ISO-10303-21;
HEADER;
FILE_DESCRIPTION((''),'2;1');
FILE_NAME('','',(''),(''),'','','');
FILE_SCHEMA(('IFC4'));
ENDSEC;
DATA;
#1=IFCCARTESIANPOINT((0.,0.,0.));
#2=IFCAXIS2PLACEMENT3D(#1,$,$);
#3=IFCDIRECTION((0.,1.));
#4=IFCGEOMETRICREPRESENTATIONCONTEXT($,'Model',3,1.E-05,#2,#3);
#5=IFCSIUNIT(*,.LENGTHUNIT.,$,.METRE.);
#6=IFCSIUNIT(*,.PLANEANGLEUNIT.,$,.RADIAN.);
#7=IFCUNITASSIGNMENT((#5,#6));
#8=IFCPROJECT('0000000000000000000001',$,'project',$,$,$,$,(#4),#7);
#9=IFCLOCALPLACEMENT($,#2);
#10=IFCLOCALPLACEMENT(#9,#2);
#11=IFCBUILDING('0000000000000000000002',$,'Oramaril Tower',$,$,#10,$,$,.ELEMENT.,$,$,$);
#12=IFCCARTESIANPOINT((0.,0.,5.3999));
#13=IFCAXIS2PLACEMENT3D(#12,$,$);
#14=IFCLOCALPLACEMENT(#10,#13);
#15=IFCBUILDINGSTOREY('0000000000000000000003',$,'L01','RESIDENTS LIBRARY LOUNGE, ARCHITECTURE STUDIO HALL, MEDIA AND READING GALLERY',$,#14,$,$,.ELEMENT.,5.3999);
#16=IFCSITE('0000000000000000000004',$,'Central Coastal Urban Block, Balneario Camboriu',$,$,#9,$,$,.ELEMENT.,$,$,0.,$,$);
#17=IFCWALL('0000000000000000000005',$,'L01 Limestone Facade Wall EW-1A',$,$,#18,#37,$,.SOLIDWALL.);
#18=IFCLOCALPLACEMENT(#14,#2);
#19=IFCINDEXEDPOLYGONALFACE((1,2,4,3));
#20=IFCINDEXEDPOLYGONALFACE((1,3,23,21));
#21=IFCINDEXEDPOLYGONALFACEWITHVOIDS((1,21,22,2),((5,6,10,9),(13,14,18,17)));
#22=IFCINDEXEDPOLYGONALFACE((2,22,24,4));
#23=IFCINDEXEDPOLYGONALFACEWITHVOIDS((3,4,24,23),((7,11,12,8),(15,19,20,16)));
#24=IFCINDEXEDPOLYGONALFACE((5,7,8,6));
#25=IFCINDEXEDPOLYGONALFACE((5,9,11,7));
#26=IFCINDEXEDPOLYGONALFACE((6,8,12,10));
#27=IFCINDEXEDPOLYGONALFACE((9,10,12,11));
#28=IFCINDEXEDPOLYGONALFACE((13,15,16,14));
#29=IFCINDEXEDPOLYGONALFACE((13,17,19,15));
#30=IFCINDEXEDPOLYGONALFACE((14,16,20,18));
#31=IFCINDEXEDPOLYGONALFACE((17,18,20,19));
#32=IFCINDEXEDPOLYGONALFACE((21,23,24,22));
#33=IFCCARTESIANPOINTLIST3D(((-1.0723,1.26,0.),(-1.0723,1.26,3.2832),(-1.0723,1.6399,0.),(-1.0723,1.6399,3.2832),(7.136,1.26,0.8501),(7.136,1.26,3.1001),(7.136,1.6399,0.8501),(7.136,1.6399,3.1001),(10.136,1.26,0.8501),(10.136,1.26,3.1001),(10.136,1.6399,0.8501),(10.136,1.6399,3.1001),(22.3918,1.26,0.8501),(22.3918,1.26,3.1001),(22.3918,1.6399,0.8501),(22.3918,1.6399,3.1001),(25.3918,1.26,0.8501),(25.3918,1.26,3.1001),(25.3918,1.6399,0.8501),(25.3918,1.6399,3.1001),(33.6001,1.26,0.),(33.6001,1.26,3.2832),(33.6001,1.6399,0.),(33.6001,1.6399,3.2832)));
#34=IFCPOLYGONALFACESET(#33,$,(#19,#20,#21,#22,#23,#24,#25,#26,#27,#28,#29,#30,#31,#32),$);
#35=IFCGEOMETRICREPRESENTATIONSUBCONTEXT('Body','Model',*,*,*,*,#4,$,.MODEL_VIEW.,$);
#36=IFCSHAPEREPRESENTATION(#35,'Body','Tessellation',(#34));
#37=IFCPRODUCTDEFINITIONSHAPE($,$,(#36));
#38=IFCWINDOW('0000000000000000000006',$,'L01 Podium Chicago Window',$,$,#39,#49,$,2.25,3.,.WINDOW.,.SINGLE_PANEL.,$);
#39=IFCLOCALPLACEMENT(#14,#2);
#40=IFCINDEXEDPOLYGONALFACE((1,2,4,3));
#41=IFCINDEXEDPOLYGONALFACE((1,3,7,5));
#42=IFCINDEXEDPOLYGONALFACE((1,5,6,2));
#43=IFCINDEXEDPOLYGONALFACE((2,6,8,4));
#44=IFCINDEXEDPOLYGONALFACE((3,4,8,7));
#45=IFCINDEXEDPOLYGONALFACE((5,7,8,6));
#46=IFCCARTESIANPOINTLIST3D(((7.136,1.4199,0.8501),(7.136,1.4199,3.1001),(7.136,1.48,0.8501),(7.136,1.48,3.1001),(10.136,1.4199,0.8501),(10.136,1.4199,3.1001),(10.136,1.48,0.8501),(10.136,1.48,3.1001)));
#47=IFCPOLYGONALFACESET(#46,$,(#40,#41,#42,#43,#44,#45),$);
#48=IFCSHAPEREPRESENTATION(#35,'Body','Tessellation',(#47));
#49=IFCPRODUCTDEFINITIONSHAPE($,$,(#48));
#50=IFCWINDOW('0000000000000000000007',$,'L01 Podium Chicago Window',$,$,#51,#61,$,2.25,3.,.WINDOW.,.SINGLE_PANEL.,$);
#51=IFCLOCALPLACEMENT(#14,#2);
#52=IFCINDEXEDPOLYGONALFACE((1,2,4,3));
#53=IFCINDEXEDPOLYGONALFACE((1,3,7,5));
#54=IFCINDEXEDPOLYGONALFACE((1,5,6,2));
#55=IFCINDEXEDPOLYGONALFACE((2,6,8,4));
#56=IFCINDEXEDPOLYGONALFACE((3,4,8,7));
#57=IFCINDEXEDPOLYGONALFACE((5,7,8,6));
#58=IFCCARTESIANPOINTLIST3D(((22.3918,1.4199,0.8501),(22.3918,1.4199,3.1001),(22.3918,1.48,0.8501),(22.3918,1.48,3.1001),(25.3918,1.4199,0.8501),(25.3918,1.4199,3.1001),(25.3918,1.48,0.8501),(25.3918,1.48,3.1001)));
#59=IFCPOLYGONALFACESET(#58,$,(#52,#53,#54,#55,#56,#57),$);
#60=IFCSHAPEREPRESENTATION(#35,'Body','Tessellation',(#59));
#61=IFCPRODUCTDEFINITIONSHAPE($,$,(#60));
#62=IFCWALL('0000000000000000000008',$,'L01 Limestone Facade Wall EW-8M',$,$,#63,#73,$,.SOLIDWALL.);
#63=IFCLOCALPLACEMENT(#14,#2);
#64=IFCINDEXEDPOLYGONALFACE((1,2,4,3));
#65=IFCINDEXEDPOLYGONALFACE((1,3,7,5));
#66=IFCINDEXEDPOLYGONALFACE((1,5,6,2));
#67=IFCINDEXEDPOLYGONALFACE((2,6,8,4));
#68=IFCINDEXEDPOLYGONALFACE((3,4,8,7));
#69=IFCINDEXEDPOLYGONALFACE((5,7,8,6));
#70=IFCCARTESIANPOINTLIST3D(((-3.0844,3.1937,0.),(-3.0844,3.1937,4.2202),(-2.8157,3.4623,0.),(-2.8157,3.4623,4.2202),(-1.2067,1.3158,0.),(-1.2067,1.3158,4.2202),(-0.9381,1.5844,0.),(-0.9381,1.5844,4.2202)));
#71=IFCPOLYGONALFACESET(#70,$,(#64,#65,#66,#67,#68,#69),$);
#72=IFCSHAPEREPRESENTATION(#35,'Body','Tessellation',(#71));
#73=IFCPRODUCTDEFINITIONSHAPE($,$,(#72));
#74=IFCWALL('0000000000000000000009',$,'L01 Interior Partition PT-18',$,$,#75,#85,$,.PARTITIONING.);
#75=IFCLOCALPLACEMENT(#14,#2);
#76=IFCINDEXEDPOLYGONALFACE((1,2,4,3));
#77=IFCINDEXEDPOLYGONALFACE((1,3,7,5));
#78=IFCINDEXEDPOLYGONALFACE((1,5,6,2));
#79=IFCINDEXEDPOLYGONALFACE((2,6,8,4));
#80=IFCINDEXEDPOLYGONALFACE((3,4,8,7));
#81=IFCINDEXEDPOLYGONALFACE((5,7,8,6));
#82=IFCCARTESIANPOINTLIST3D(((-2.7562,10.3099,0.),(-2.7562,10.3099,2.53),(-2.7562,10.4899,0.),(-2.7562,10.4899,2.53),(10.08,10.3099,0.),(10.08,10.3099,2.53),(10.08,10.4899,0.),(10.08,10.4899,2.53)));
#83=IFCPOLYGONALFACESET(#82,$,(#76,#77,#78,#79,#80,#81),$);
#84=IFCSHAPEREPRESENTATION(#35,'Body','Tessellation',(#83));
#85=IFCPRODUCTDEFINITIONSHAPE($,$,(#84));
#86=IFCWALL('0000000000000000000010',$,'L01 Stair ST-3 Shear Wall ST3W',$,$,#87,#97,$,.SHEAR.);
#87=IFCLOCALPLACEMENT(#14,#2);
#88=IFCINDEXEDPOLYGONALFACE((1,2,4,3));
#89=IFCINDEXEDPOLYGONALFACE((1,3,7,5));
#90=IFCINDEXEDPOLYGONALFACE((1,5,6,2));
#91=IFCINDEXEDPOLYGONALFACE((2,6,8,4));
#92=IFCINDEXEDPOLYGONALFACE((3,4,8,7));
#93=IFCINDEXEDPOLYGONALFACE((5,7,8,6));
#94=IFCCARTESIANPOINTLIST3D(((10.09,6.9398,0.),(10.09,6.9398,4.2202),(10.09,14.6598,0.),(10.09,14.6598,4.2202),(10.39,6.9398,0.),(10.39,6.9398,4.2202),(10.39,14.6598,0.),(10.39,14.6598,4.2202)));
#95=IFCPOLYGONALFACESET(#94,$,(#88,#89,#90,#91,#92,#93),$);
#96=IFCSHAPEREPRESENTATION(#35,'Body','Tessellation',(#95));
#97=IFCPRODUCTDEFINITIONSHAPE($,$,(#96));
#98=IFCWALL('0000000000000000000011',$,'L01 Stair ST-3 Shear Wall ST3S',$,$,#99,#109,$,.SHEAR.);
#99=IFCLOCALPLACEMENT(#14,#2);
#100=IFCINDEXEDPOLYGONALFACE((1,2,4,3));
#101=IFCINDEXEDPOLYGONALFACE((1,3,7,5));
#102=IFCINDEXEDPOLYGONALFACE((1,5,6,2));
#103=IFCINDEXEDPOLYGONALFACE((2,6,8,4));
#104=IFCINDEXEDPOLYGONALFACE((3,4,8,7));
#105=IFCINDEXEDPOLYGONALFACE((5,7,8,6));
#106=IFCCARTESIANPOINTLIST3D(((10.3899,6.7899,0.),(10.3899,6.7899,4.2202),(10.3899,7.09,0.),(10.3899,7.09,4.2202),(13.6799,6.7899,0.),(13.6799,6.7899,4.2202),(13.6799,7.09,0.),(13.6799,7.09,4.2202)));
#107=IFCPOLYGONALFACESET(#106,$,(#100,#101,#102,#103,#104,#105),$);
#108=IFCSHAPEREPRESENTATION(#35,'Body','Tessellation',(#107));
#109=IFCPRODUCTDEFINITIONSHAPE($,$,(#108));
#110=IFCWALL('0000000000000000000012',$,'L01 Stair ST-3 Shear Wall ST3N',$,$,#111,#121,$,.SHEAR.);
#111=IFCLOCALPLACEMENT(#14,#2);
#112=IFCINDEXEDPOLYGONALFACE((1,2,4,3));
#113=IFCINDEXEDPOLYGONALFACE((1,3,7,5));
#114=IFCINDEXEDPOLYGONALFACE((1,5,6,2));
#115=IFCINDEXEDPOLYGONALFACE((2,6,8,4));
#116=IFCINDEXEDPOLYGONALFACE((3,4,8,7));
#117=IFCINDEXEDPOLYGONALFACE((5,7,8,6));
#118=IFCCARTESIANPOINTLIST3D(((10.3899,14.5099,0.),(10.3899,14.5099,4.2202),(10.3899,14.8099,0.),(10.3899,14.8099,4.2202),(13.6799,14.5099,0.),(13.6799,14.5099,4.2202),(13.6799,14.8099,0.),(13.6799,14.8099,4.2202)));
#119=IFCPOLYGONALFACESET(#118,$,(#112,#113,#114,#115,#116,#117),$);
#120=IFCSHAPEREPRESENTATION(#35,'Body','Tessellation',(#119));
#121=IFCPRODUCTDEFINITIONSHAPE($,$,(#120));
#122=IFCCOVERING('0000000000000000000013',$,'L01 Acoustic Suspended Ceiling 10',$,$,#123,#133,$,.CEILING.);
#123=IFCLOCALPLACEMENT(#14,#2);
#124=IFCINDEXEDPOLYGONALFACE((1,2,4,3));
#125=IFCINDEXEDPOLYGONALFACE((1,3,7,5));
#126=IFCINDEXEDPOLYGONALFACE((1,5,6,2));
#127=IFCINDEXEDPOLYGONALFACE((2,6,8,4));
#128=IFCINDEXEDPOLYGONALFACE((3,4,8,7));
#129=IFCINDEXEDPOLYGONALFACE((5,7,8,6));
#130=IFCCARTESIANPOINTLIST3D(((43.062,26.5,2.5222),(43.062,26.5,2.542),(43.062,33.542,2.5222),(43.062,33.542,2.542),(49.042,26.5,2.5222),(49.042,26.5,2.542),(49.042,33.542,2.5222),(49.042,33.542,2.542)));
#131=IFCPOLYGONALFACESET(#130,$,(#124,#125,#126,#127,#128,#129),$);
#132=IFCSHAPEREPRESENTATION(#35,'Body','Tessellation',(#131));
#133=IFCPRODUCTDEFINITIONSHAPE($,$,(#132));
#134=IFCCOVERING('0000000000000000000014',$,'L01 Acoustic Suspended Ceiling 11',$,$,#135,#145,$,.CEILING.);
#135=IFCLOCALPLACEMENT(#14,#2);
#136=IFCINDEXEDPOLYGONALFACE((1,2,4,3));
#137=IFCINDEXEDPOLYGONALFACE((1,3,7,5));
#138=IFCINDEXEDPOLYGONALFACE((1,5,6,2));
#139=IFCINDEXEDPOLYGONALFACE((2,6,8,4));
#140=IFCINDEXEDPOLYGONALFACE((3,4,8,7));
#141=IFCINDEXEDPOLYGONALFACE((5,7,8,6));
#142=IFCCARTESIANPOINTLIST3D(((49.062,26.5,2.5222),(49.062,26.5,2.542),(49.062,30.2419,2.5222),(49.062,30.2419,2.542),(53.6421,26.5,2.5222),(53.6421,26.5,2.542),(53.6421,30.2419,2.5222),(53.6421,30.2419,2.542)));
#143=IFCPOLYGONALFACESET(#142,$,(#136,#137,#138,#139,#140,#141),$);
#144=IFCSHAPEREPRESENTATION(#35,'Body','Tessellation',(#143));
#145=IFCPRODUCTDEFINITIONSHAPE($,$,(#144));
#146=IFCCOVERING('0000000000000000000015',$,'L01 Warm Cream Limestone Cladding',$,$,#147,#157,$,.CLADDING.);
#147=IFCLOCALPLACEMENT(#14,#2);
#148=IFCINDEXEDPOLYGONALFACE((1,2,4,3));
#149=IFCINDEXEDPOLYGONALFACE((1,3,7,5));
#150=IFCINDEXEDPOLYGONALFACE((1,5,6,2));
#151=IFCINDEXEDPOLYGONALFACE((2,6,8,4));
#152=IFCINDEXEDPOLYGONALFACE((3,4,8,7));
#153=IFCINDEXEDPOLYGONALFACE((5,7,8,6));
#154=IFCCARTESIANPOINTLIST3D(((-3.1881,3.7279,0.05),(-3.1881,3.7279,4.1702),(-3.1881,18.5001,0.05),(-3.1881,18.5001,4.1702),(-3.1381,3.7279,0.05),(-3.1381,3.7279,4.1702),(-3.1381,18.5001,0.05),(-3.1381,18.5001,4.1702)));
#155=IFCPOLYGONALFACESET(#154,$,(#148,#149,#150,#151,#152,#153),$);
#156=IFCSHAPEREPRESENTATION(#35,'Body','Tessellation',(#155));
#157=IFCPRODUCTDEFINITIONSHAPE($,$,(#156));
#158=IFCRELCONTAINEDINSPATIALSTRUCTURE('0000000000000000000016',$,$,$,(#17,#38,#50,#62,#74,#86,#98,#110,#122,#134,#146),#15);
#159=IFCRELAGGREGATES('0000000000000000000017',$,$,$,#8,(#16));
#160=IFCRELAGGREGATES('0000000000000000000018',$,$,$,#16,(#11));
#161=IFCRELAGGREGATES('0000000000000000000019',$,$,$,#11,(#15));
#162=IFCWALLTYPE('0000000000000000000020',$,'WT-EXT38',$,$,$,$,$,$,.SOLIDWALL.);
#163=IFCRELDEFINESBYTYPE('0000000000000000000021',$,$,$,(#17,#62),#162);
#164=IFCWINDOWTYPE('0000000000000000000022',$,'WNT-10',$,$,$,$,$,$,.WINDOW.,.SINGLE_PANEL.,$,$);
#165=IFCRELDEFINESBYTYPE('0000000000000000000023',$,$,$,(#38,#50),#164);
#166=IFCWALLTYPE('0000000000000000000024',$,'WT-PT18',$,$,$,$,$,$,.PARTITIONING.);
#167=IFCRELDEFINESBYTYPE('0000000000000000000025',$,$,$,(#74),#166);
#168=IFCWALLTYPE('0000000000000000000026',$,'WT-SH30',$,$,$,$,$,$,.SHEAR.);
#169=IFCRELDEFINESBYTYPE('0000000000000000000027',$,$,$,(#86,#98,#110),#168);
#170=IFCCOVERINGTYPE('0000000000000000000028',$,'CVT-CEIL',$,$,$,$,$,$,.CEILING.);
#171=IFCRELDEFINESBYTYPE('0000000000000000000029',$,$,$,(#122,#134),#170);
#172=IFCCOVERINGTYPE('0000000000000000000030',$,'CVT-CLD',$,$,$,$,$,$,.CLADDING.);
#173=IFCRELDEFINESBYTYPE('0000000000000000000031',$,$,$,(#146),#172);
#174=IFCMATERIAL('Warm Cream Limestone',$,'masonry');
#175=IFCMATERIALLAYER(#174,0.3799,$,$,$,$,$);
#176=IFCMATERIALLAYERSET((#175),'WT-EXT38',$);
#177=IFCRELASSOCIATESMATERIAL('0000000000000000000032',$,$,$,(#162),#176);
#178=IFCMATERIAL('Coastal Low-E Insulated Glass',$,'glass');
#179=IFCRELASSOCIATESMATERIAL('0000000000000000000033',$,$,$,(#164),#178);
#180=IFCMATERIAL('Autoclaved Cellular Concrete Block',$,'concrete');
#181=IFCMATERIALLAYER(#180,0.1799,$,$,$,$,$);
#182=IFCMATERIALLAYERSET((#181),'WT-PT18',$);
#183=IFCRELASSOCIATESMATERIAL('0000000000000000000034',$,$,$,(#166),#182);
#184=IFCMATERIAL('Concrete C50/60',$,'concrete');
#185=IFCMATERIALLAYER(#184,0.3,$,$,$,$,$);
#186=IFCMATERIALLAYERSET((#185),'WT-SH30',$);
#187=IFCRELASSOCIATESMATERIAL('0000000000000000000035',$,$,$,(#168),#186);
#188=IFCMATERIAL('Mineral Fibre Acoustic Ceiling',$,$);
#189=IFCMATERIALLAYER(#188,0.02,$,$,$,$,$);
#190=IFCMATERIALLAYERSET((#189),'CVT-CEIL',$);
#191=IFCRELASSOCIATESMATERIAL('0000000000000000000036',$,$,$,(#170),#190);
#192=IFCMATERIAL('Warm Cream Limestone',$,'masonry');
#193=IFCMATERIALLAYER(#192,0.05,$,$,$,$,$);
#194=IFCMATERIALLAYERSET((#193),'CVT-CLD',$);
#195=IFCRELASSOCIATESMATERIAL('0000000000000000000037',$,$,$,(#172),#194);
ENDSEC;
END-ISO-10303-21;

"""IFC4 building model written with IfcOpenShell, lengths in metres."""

from ifc_helpers import new_model, si_unit, direction, frame, frame_2d, origin, origin_2d, place, context, subcontext, project, spatial, polyline, rectangle, outline, extrude, material, layer, layer_set, type_object, element, fill, save


model = new_model("IFC4")

# Units and contexts
model_context = context("Model", 3, precision=1e-05, world=origin(), true_north=direction((0.0, 1.0)))
body_context = subcontext(model_context, "Body", "Model", "MODEL_VIEW")
ifc_project = project(units=[si_unit("LENGTHUNIT", "METRE"), si_unit("PLANEANGLEUNIT", "RADIAN")], contexts=[model_context])

# Site, building, storey
site_placement = place(None, origin())
site = spatial("IfcSite", under=ifc_project, at=site_placement, Name="Central Coastal Urban Block, Balneario Camboriu", CompositionType="ELEMENT", RefElevation=0.0)
building_placement = place(site_placement, origin())
building = spatial("IfcBuilding", under=site, at=building_placement, Name="Oramaril Tower", CompositionType="ELEMENT")
storey_placement = place(building_placement, frame((0.0, 0.0, 5.3999)))
storey = spatial("IfcBuildingStorey", under=building, at=storey_placement, Name="L01", Description="RESIDENTS LIBRARY LOUNGE, ARCHITECTURE STUDIO HALL, MEDIA AND READING GALLERY", CompositionType="ELEMENT", Elevation=5.3999)

# Wall, openings, windows
ifc_material_1 = material(Name="Warm Cream Limestone", Category="masonry")
ifc_layer_1 = layer(ifc_material_1, 0.3799)
ifc_layer_set_1 = layer_set([ifc_layer_1], Name="WT-EXT38")
wall_type_1 = type_object("IfcWallType", Name="WT-EXT38", PredefinedType="SOLIDWALL", material=ifc_layer_set_1)
wall_1_placement = place(storey_placement, frame((-1.0723, 1.45, 0.0), z_axis=(0.0, 0.0, 1.0), x_axis=(1.0, 0.0, 0.0)))
wall_1 = element("IfcWall", 1, at=wall_1_placement, inside=storey, type_object=wall_type_1, Name="L01 Limestone Facade Wall EW-1A", PredefinedType="SOLIDWALL", context=body_context, shape_type="SweptSolid", body=[
    extrude(rectangle(XDim=34.6724, YDim=0.3799, at=frame_2d((17.3362, 0.0))), origin(), (0.0, 0.0, 1.0), 3.2832),
])
opening_1_placement = place(wall_1_placement, frame((8.2083, 0.0, 0.8501)))
opening_1 = element("IfcOpeningElement", 2, at=opening_1_placement, cuts=wall_1, PredefinedType="OPENING", context=body_context, shape_type="SweptSolid", body=[
    extrude(rectangle(XDim=3.0, YDim=2.25, at=frame_2d((1.5, 1.125))), frame((0.0, 0.1899, 0.0), z_axis=(0.0, -1.0, 0.0), x_axis=(1.0, 0.0, 0.0)), (0.0, 0.0, 1.0), 0.3799),
])
opening_2_placement = place(wall_1_placement, frame((23.4641, 0.0, 0.8501)))
opening_2 = element("IfcOpeningElement", 3, at=opening_2_placement, cuts=wall_1, PredefinedType="OPENING", context=body_context, shape_type="SweptSolid", body=[
    extrude(rectangle(XDim=3.0, YDim=2.25, at=frame_2d((1.5, 1.125))), frame((0.0, 0.1899, 0.0), z_axis=(0.0, -1.0, 0.0), x_axis=(1.0, 0.0, 0.0)), (0.0, 0.0, 1.0), 0.3799),
])
ifc_material_2 = material(Name="Coastal Low-E Insulated Glass", Category="glass")
window_type = type_object("IfcWindowType", Name="WNT-10", PartitioningType="SINGLE_PANEL", PredefinedType="WINDOW", material=ifc_material_2)
window_1_placement = place(opening_1_placement, origin())
window_1 = element("IfcWindow", 4, at=window_1_placement, inside=storey, type_object=window_type, Name="L01 Podium Chicago Window", OverallHeight=2.25, OverallWidth=3.0, PartitioningType="SINGLE_PANEL", PredefinedType="WINDOW", context=body_context, shape_type="SweptSolid", body=[
    extrude(rectangle(XDim=3.0, YDim=2.25, at=frame_2d((1.5, 1.125))), frame((0.0, 0.03, 0.0), z_axis=(0.0, -1.0, 0.0), x_axis=(1.0, 0.0, 0.0)), (0.0, 0.0, 1.0), 0.0601),
])
fill(opening_1, window_1)
window_2_placement = place(opening_2_placement, origin())
window_2 = element("IfcWindow", 5, at=window_2_placement, inside=storey, type_object=window_type, Name="L01 Podium Chicago Window", OverallHeight=2.25, OverallWidth=3.0, PartitioningType="SINGLE_PANEL", PredefinedType="WINDOW", context=body_context, shape_type="SweptSolid", body=[
    extrude(rectangle(XDim=3.0, YDim=2.25, at=frame_2d((1.5, 1.125))), frame((0.0, 0.03, 0.0), z_axis=(0.0, -1.0, 0.0), x_axis=(1.0, 0.0, 0.0)), (0.0, 0.0, 1.0), 0.0601),
])
fill(opening_2, window_2)

# Walls
wall_2_placement = place(storey_placement, frame((-2.95, 3.3279, 0.0), z_axis=(0.0, 0.0, 1.0), x_axis=(0.707061, -0.707153, 0.0)))
element("IfcWall", 6, at=wall_2_placement, inside=storey, type_object=wall_type_1, Name="L01 Limestone Facade Wall EW-8M", PredefinedType="SOLIDWALL", context=body_context, shape_type="SweptSolid", body=[
    extrude(rectangle(XDim=2.6555, YDim=0.3799, at=frame_2d((1.3276, 0.0))), origin(), (0.0, 0.0, 1.0), 4.2202),
])
ifc_material_3 = material(Name="Autoclaved Cellular Concrete Block", Category="concrete")
ifc_layer_2 = layer(ifc_material_3, 0.1799)
ifc_layer_set_2 = layer_set([ifc_layer_2], Name="WT-PT18")
wall_type_2 = type_object("IfcWallType", Name="WT-PT18", PredefinedType="PARTITIONING", material=ifc_layer_set_2)
wall_3_placement = place(storey_placement, frame((-2.7561, 10.3999, 0.0), z_axis=(0.0, 0.0, 1.0), x_axis=(1.0, 0.0, 0.0)))
element("IfcWall", 7, at=wall_3_placement, inside=storey, type_object=wall_type_2, Name="L01 Interior Partition PT-18", PredefinedType="PARTITIONING", context=body_context, shape_type="SweptSolid", body=[
    extrude(rectangle(XDim=12.8362, YDim=0.1799, at=frame_2d((6.418, 0.0))), origin(), (0.0, 0.0, 1.0), 2.53),
])
ifc_material_4 = material(Name="Concrete C50/60", Category="concrete")
ifc_layer_3 = layer(ifc_material_4, 0.3)
ifc_layer_set_3 = layer_set([ifc_layer_3], Name="WT-SH30")
wall_type_3 = type_object("IfcWallType", Name="WT-SH30", PredefinedType="SHEAR", material=ifc_layer_set_3)
wall_4_placement = place(storey_placement, frame((10.24, 6.9399, 0.0), z_axis=(0.0, 0.0, 1.0), x_axis=(0.0, 1.0, 0.0)))
element("IfcWall", 8, at=wall_4_placement, inside=storey, type_object=wall_type_3, Name="L01 Stair ST-3 Shear Wall ST3W", PredefinedType="SHEAR", context=body_context, shape_type="SweptSolid", body=[
    extrude(rectangle(XDim=7.72, YDim=0.3, at=frame_2d((3.8599, 0.0))), origin(), (0.0, 0.0, 1.0), 4.2202),
])
for number, where, z_axis, x_axis, name in (
    (9, (10.3899, 6.9399, 0.0), (0.0, 0.0, 1.0), (1.0, 0.0, 0.0), "L01 Stair ST-3 Shear Wall ST3S"),
    (10, (10.3899, 14.6599, 0.0), (0.0, 0.0, 1.0), (1.0, 0.0, 0.0), "L01 Stair ST-3 Shear Wall ST3N"),
):
    element("IfcWall", number, at=place(storey_placement, frame(where, z_axis=z_axis, x_axis=x_axis)), inside=storey, type_object=wall_type_3, Name=name, PredefinedType="SHEAR", context=body_context, shape_type="SweptSolid", body=[
        extrude(rectangle(XDim=3.29, YDim=0.3, at=frame_2d((1.645, 0.0))), origin(), (0.0, 0.0, 1.0), 4.2202),
    ])

# Coverings
ifc_material_5 = material(Name="Mineral Fibre Acoustic Ceiling")
ifc_layer_4 = layer(ifc_material_5, 0.02)
ifc_layer_set_4 = layer_set([ifc_layer_4], Name="CVT-CEIL")
covering_type_1 = type_object("IfcCoveringType", Name="CVT-CEIL", PredefinedType="CEILING", material=ifc_layer_set_4)
covering_1_placement = place(storey_placement, frame((0.0, 0.0, 2.5222)))
element("IfcCovering", 11, at=covering_1_placement, inside=storey, type_object=covering_type_1, Name="L01 Acoustic Suspended Ceiling 10", PredefinedType="CEILING", context=body_context, shape_type="SweptSolid", body=[
    extrude(outline(polyline([(49.042, 26.5), (43.062, 26.5), (43.062, 33.542), (49.042, 33.542), (49.042, 26.5)])), origin(), (0.0, 0.0, 1.0), 0.0198),
])
covering_2_placement = place(storey_placement, frame((0.0, 0.0, 2.5222)))
element("IfcCovering", 12, at=covering_2_placement, inside=storey, type_object=covering_type_1, Name="L01 Acoustic Suspended Ceiling 11", PredefinedType="CEILING", context=body_context, shape_type="SweptSolid", body=[
    extrude(outline(polyline([(53.6421, 30.2419), (53.6421, 26.5), (49.062, 26.5), (49.062, 30.2419), (53.6421, 30.2419)])), origin(), (0.0, 0.0, 1.0), 0.0198),
])
ifc_material_6 = material(Name="Warm Cream Limestone", Category="masonry")
ifc_layer_5 = layer(ifc_material_6, 0.05)
ifc_layer_set_5 = layer_set([ifc_layer_5], Name="CVT-CLD")
covering_type_2 = type_object("IfcCoveringType", Name="CVT-CLD", PredefinedType="CLADDING", material=ifc_layer_set_5)
covering_3_placement = place(storey_placement, frame((-3.1631, 11.114, 0.05), z_axis=(0.0, 0.0, 1.0), x_axis=(0.0, -1.0, 0.0)))
element("IfcCovering", 13, at=covering_3_placement, inside=storey, type_object=covering_type_2, Name="L01 Warm Cream Limestone Cladding", PredefinedType="CLADDING", context=body_context, shape_type="SweptSolid", body=[
    extrude(rectangle(XDim=14.7722, YDim=0.05, at=origin_2d()), origin(), (0.0, 0.0, 1.0), 4.1201),
])

save(model, "model.ifc")
